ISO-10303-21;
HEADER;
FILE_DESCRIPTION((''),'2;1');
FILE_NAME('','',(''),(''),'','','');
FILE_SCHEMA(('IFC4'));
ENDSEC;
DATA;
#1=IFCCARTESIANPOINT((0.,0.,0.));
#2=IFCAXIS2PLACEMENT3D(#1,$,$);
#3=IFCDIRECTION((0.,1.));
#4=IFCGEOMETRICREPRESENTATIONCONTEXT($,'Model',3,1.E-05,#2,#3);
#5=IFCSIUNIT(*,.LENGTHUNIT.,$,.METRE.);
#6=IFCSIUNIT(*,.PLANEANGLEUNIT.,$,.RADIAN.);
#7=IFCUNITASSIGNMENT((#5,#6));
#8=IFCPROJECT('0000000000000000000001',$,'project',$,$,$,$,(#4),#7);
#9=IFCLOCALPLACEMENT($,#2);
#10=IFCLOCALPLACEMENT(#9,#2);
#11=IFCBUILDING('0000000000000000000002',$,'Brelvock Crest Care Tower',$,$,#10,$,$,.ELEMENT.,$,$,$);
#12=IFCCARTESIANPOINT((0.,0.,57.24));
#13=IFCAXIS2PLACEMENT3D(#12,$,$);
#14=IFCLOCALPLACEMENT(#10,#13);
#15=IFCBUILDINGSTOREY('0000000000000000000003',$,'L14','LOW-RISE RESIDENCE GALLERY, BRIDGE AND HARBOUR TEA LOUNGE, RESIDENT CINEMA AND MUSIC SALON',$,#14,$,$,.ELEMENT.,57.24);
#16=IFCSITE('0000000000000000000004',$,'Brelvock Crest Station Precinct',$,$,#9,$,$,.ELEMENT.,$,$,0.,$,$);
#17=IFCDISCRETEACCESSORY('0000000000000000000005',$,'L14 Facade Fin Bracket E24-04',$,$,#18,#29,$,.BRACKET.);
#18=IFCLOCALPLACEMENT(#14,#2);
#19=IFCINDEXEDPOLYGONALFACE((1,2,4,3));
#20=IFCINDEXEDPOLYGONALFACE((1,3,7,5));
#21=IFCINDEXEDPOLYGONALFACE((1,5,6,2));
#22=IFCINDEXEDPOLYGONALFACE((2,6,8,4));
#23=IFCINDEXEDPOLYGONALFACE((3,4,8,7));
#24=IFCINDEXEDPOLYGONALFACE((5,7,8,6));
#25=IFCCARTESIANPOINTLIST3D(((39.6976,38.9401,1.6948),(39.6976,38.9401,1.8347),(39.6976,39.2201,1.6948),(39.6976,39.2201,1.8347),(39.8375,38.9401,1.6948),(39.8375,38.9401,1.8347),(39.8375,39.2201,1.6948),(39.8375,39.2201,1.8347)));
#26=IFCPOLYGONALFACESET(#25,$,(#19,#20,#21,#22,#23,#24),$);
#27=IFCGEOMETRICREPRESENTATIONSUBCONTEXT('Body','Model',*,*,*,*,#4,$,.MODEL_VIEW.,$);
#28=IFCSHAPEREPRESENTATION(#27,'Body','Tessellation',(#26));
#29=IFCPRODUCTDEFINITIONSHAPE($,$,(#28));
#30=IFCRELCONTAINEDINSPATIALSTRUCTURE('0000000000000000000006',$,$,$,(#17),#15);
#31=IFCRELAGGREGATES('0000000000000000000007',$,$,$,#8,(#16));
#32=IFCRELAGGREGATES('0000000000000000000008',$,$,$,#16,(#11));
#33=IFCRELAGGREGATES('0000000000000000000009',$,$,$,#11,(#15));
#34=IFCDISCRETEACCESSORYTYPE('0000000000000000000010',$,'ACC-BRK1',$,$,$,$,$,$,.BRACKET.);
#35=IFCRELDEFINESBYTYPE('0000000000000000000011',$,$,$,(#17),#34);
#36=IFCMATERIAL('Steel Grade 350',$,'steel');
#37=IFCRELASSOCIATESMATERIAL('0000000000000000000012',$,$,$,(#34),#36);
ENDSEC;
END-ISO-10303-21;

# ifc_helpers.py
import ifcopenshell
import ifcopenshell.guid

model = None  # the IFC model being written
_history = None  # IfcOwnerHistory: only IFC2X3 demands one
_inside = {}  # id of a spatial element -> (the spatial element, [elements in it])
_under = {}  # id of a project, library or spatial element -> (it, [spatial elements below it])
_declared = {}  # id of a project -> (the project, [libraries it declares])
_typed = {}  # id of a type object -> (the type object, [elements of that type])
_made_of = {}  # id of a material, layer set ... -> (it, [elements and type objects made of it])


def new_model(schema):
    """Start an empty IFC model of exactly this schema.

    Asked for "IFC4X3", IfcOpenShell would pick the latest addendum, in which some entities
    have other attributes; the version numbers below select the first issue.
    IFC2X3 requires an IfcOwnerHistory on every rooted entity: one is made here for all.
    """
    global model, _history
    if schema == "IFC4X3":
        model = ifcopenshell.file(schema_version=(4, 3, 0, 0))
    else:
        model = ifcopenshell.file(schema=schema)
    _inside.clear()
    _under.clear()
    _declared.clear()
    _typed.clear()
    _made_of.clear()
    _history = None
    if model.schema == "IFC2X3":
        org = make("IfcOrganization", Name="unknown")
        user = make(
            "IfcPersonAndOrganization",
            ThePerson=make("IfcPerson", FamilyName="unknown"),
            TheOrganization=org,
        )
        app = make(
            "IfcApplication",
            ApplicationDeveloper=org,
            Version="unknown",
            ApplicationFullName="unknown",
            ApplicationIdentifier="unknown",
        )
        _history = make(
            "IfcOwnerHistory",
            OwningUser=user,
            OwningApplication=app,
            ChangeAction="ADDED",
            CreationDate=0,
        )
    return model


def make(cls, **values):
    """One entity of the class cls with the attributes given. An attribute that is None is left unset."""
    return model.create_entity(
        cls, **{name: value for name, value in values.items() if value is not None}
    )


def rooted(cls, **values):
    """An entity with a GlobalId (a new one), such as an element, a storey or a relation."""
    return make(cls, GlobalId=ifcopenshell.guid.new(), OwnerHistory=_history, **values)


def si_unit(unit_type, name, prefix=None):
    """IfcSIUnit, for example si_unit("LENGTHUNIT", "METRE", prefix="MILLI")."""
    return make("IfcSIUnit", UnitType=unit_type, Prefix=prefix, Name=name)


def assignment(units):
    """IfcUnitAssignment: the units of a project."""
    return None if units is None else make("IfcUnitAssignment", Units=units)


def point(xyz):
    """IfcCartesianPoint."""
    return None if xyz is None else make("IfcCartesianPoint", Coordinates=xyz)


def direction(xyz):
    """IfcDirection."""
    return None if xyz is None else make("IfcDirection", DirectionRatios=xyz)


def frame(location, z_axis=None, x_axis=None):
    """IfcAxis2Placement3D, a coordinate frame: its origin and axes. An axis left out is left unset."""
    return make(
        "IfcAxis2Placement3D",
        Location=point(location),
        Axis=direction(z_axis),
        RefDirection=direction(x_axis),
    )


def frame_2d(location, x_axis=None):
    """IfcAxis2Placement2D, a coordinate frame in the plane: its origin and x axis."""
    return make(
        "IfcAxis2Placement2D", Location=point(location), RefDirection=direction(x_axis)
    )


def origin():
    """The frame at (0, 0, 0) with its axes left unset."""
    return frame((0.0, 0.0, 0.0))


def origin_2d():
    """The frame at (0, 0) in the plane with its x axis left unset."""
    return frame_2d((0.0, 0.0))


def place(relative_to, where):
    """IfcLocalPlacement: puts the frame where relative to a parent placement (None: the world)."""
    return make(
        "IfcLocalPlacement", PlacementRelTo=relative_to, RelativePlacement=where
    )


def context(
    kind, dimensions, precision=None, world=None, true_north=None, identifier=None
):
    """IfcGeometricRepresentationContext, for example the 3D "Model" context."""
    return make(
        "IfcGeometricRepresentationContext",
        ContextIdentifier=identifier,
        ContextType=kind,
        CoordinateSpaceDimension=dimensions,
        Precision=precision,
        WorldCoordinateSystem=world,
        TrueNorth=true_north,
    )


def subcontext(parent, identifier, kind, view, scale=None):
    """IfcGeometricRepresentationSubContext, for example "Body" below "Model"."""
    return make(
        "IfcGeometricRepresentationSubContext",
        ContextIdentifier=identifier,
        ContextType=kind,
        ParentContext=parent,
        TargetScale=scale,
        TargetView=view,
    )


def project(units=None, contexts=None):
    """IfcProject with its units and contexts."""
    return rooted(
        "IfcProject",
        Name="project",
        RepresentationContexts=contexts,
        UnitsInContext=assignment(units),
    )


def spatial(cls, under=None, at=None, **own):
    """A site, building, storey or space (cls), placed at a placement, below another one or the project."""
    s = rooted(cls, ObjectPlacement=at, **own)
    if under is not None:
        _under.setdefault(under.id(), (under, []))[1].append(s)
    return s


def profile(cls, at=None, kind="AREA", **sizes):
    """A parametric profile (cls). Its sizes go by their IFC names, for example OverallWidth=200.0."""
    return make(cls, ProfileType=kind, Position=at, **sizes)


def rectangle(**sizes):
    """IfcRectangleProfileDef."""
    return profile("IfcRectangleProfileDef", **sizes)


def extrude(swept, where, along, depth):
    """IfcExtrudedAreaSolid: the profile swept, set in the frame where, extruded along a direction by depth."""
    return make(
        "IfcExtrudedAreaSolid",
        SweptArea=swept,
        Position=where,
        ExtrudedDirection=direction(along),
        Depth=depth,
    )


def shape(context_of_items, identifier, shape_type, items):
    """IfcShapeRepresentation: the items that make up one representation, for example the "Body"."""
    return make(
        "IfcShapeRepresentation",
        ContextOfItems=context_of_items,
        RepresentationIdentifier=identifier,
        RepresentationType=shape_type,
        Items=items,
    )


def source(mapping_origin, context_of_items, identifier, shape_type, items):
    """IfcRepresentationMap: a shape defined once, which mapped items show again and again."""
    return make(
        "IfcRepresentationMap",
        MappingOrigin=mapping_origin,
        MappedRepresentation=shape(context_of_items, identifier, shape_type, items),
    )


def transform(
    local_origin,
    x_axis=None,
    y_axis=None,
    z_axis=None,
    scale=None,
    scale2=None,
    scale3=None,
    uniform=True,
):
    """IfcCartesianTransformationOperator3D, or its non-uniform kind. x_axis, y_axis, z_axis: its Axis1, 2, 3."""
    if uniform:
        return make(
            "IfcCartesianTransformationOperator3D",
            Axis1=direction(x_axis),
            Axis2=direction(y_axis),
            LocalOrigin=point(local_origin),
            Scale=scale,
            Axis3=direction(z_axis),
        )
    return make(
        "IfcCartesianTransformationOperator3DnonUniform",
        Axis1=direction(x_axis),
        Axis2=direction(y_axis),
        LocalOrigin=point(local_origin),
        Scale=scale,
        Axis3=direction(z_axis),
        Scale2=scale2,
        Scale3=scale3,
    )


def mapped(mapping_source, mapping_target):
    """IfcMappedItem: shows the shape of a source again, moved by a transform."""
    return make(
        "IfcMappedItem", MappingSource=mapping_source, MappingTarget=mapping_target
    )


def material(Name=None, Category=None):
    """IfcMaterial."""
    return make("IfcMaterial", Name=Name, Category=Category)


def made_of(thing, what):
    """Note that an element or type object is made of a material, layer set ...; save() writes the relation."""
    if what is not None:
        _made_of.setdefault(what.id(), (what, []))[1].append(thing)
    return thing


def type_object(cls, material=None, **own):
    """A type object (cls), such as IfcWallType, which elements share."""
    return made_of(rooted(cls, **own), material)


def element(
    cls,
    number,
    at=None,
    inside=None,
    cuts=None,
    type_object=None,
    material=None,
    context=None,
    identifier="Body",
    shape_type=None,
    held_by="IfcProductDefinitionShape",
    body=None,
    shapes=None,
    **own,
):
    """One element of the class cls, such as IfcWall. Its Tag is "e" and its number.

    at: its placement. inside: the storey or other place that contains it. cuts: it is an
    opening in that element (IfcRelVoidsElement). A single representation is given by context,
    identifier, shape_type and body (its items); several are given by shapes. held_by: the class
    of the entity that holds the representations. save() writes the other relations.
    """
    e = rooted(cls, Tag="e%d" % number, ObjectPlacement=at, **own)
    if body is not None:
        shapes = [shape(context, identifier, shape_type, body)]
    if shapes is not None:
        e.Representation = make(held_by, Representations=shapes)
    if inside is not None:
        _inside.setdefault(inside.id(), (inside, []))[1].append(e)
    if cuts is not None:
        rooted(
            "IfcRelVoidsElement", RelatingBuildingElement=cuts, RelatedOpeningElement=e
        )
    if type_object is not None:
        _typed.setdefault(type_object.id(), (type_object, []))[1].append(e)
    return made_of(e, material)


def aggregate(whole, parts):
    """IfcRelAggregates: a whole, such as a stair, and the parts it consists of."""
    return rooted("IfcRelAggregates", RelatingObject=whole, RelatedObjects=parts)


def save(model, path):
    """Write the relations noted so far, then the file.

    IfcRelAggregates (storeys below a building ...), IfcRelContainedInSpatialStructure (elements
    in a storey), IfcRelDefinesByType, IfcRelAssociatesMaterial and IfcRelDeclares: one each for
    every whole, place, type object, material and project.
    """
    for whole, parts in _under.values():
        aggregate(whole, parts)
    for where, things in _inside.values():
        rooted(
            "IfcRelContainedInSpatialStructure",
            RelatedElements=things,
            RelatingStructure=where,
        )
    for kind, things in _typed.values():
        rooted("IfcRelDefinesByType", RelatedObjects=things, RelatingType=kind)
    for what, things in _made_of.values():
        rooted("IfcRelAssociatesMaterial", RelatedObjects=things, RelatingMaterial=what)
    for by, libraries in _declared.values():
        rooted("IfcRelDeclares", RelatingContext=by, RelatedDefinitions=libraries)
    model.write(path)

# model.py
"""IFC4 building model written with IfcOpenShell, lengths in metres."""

from ifc_helpers import new_model, si_unit, direction, frame, origin, origin_2d, place, context, subcontext, project, spatial, rectangle, extrude, source, transform, mapped, material, type_object, element, save


model = new_model("IFC4")

# Units and contexts
model_context = context("Model", 3, precision=1e-05, world=origin(), true_north=direction((0.0, 1.0)))
body_context = subcontext(model_context, "Body", "Model", "MODEL_VIEW")
ifc_project = project(units=[si_unit("LENGTHUNIT", "METRE"), si_unit("PLANEANGLEUNIT", "RADIAN")], contexts=[model_context])

# Site, building, storey
site_placement = place(None, origin())
site = spatial("IfcSite", under=ifc_project, at=site_placement, Name="Brelvock Crest Station Precinct", CompositionType="ELEMENT", RefElevation=0.0)
building_placement = place(site_placement, origin())
building = spatial("IfcBuilding", under=site, at=building_placement, Name="Brelvock Crest Care Tower", CompositionType="ELEMENT")
storey_placement = place(building_placement, frame((0.0, 0.0, 57.24)))
storey = spatial("IfcBuildingStorey", under=building, at=storey_placement, Name="L14", Description="LOW-RISE RESIDENCE GALLERY, BRIDGE AND HARBOUR TEA LOUNGE, RESIDENT CINEMA AND MUSIC SALON", CompositionType="ELEMENT", Elevation=57.24)

# Shared definitions
ifc_material_1 = material(Name="Steel Grade 350", Category="steel")

# Discrete accessory
discrete_accessory_type = type_object("IfcDiscreteAccessoryType", Name="ACC-BRK1", PredefinedType="BRACKET", material=ifc_material_1)
shared_shape_1 = source(origin(), body_context, "Body", "SweptSolid", [
    extrude(rectangle(XDim=0.28, YDim=0.1399, at=origin_2d()), origin(), (0.0, 0.0, 1.0), 0.1399),
])
for number, where, z_axis, x_axis, name in (
    (1, (39.7676, 39.0801, 1.6948), (0.0, 0.0, 1.0), (0.0, 1.0, 0.0), "L14 Facade Fin Bracket E24-04"),
):
    element("IfcDiscreteAccessory", number, at=place(storey_placement, frame(where, z_axis=z_axis, x_axis=x_axis)), inside=storey, type_object=discrete_accessory_type, Name=name, PredefinedType="BRACKET", context=body_context, shape_type="MappedRepresentation", body=[
        mapped(shared_shape_1, transform((0.0, 0.0, 0.0), x_axis=(1.0, 0.0, 0.0), y_axis=(0.0, 1.0, 0.0), z_axis=(0.0, 0.0, 1.0), scale=1.0)),
    ])

save(model, "model.ifc")
